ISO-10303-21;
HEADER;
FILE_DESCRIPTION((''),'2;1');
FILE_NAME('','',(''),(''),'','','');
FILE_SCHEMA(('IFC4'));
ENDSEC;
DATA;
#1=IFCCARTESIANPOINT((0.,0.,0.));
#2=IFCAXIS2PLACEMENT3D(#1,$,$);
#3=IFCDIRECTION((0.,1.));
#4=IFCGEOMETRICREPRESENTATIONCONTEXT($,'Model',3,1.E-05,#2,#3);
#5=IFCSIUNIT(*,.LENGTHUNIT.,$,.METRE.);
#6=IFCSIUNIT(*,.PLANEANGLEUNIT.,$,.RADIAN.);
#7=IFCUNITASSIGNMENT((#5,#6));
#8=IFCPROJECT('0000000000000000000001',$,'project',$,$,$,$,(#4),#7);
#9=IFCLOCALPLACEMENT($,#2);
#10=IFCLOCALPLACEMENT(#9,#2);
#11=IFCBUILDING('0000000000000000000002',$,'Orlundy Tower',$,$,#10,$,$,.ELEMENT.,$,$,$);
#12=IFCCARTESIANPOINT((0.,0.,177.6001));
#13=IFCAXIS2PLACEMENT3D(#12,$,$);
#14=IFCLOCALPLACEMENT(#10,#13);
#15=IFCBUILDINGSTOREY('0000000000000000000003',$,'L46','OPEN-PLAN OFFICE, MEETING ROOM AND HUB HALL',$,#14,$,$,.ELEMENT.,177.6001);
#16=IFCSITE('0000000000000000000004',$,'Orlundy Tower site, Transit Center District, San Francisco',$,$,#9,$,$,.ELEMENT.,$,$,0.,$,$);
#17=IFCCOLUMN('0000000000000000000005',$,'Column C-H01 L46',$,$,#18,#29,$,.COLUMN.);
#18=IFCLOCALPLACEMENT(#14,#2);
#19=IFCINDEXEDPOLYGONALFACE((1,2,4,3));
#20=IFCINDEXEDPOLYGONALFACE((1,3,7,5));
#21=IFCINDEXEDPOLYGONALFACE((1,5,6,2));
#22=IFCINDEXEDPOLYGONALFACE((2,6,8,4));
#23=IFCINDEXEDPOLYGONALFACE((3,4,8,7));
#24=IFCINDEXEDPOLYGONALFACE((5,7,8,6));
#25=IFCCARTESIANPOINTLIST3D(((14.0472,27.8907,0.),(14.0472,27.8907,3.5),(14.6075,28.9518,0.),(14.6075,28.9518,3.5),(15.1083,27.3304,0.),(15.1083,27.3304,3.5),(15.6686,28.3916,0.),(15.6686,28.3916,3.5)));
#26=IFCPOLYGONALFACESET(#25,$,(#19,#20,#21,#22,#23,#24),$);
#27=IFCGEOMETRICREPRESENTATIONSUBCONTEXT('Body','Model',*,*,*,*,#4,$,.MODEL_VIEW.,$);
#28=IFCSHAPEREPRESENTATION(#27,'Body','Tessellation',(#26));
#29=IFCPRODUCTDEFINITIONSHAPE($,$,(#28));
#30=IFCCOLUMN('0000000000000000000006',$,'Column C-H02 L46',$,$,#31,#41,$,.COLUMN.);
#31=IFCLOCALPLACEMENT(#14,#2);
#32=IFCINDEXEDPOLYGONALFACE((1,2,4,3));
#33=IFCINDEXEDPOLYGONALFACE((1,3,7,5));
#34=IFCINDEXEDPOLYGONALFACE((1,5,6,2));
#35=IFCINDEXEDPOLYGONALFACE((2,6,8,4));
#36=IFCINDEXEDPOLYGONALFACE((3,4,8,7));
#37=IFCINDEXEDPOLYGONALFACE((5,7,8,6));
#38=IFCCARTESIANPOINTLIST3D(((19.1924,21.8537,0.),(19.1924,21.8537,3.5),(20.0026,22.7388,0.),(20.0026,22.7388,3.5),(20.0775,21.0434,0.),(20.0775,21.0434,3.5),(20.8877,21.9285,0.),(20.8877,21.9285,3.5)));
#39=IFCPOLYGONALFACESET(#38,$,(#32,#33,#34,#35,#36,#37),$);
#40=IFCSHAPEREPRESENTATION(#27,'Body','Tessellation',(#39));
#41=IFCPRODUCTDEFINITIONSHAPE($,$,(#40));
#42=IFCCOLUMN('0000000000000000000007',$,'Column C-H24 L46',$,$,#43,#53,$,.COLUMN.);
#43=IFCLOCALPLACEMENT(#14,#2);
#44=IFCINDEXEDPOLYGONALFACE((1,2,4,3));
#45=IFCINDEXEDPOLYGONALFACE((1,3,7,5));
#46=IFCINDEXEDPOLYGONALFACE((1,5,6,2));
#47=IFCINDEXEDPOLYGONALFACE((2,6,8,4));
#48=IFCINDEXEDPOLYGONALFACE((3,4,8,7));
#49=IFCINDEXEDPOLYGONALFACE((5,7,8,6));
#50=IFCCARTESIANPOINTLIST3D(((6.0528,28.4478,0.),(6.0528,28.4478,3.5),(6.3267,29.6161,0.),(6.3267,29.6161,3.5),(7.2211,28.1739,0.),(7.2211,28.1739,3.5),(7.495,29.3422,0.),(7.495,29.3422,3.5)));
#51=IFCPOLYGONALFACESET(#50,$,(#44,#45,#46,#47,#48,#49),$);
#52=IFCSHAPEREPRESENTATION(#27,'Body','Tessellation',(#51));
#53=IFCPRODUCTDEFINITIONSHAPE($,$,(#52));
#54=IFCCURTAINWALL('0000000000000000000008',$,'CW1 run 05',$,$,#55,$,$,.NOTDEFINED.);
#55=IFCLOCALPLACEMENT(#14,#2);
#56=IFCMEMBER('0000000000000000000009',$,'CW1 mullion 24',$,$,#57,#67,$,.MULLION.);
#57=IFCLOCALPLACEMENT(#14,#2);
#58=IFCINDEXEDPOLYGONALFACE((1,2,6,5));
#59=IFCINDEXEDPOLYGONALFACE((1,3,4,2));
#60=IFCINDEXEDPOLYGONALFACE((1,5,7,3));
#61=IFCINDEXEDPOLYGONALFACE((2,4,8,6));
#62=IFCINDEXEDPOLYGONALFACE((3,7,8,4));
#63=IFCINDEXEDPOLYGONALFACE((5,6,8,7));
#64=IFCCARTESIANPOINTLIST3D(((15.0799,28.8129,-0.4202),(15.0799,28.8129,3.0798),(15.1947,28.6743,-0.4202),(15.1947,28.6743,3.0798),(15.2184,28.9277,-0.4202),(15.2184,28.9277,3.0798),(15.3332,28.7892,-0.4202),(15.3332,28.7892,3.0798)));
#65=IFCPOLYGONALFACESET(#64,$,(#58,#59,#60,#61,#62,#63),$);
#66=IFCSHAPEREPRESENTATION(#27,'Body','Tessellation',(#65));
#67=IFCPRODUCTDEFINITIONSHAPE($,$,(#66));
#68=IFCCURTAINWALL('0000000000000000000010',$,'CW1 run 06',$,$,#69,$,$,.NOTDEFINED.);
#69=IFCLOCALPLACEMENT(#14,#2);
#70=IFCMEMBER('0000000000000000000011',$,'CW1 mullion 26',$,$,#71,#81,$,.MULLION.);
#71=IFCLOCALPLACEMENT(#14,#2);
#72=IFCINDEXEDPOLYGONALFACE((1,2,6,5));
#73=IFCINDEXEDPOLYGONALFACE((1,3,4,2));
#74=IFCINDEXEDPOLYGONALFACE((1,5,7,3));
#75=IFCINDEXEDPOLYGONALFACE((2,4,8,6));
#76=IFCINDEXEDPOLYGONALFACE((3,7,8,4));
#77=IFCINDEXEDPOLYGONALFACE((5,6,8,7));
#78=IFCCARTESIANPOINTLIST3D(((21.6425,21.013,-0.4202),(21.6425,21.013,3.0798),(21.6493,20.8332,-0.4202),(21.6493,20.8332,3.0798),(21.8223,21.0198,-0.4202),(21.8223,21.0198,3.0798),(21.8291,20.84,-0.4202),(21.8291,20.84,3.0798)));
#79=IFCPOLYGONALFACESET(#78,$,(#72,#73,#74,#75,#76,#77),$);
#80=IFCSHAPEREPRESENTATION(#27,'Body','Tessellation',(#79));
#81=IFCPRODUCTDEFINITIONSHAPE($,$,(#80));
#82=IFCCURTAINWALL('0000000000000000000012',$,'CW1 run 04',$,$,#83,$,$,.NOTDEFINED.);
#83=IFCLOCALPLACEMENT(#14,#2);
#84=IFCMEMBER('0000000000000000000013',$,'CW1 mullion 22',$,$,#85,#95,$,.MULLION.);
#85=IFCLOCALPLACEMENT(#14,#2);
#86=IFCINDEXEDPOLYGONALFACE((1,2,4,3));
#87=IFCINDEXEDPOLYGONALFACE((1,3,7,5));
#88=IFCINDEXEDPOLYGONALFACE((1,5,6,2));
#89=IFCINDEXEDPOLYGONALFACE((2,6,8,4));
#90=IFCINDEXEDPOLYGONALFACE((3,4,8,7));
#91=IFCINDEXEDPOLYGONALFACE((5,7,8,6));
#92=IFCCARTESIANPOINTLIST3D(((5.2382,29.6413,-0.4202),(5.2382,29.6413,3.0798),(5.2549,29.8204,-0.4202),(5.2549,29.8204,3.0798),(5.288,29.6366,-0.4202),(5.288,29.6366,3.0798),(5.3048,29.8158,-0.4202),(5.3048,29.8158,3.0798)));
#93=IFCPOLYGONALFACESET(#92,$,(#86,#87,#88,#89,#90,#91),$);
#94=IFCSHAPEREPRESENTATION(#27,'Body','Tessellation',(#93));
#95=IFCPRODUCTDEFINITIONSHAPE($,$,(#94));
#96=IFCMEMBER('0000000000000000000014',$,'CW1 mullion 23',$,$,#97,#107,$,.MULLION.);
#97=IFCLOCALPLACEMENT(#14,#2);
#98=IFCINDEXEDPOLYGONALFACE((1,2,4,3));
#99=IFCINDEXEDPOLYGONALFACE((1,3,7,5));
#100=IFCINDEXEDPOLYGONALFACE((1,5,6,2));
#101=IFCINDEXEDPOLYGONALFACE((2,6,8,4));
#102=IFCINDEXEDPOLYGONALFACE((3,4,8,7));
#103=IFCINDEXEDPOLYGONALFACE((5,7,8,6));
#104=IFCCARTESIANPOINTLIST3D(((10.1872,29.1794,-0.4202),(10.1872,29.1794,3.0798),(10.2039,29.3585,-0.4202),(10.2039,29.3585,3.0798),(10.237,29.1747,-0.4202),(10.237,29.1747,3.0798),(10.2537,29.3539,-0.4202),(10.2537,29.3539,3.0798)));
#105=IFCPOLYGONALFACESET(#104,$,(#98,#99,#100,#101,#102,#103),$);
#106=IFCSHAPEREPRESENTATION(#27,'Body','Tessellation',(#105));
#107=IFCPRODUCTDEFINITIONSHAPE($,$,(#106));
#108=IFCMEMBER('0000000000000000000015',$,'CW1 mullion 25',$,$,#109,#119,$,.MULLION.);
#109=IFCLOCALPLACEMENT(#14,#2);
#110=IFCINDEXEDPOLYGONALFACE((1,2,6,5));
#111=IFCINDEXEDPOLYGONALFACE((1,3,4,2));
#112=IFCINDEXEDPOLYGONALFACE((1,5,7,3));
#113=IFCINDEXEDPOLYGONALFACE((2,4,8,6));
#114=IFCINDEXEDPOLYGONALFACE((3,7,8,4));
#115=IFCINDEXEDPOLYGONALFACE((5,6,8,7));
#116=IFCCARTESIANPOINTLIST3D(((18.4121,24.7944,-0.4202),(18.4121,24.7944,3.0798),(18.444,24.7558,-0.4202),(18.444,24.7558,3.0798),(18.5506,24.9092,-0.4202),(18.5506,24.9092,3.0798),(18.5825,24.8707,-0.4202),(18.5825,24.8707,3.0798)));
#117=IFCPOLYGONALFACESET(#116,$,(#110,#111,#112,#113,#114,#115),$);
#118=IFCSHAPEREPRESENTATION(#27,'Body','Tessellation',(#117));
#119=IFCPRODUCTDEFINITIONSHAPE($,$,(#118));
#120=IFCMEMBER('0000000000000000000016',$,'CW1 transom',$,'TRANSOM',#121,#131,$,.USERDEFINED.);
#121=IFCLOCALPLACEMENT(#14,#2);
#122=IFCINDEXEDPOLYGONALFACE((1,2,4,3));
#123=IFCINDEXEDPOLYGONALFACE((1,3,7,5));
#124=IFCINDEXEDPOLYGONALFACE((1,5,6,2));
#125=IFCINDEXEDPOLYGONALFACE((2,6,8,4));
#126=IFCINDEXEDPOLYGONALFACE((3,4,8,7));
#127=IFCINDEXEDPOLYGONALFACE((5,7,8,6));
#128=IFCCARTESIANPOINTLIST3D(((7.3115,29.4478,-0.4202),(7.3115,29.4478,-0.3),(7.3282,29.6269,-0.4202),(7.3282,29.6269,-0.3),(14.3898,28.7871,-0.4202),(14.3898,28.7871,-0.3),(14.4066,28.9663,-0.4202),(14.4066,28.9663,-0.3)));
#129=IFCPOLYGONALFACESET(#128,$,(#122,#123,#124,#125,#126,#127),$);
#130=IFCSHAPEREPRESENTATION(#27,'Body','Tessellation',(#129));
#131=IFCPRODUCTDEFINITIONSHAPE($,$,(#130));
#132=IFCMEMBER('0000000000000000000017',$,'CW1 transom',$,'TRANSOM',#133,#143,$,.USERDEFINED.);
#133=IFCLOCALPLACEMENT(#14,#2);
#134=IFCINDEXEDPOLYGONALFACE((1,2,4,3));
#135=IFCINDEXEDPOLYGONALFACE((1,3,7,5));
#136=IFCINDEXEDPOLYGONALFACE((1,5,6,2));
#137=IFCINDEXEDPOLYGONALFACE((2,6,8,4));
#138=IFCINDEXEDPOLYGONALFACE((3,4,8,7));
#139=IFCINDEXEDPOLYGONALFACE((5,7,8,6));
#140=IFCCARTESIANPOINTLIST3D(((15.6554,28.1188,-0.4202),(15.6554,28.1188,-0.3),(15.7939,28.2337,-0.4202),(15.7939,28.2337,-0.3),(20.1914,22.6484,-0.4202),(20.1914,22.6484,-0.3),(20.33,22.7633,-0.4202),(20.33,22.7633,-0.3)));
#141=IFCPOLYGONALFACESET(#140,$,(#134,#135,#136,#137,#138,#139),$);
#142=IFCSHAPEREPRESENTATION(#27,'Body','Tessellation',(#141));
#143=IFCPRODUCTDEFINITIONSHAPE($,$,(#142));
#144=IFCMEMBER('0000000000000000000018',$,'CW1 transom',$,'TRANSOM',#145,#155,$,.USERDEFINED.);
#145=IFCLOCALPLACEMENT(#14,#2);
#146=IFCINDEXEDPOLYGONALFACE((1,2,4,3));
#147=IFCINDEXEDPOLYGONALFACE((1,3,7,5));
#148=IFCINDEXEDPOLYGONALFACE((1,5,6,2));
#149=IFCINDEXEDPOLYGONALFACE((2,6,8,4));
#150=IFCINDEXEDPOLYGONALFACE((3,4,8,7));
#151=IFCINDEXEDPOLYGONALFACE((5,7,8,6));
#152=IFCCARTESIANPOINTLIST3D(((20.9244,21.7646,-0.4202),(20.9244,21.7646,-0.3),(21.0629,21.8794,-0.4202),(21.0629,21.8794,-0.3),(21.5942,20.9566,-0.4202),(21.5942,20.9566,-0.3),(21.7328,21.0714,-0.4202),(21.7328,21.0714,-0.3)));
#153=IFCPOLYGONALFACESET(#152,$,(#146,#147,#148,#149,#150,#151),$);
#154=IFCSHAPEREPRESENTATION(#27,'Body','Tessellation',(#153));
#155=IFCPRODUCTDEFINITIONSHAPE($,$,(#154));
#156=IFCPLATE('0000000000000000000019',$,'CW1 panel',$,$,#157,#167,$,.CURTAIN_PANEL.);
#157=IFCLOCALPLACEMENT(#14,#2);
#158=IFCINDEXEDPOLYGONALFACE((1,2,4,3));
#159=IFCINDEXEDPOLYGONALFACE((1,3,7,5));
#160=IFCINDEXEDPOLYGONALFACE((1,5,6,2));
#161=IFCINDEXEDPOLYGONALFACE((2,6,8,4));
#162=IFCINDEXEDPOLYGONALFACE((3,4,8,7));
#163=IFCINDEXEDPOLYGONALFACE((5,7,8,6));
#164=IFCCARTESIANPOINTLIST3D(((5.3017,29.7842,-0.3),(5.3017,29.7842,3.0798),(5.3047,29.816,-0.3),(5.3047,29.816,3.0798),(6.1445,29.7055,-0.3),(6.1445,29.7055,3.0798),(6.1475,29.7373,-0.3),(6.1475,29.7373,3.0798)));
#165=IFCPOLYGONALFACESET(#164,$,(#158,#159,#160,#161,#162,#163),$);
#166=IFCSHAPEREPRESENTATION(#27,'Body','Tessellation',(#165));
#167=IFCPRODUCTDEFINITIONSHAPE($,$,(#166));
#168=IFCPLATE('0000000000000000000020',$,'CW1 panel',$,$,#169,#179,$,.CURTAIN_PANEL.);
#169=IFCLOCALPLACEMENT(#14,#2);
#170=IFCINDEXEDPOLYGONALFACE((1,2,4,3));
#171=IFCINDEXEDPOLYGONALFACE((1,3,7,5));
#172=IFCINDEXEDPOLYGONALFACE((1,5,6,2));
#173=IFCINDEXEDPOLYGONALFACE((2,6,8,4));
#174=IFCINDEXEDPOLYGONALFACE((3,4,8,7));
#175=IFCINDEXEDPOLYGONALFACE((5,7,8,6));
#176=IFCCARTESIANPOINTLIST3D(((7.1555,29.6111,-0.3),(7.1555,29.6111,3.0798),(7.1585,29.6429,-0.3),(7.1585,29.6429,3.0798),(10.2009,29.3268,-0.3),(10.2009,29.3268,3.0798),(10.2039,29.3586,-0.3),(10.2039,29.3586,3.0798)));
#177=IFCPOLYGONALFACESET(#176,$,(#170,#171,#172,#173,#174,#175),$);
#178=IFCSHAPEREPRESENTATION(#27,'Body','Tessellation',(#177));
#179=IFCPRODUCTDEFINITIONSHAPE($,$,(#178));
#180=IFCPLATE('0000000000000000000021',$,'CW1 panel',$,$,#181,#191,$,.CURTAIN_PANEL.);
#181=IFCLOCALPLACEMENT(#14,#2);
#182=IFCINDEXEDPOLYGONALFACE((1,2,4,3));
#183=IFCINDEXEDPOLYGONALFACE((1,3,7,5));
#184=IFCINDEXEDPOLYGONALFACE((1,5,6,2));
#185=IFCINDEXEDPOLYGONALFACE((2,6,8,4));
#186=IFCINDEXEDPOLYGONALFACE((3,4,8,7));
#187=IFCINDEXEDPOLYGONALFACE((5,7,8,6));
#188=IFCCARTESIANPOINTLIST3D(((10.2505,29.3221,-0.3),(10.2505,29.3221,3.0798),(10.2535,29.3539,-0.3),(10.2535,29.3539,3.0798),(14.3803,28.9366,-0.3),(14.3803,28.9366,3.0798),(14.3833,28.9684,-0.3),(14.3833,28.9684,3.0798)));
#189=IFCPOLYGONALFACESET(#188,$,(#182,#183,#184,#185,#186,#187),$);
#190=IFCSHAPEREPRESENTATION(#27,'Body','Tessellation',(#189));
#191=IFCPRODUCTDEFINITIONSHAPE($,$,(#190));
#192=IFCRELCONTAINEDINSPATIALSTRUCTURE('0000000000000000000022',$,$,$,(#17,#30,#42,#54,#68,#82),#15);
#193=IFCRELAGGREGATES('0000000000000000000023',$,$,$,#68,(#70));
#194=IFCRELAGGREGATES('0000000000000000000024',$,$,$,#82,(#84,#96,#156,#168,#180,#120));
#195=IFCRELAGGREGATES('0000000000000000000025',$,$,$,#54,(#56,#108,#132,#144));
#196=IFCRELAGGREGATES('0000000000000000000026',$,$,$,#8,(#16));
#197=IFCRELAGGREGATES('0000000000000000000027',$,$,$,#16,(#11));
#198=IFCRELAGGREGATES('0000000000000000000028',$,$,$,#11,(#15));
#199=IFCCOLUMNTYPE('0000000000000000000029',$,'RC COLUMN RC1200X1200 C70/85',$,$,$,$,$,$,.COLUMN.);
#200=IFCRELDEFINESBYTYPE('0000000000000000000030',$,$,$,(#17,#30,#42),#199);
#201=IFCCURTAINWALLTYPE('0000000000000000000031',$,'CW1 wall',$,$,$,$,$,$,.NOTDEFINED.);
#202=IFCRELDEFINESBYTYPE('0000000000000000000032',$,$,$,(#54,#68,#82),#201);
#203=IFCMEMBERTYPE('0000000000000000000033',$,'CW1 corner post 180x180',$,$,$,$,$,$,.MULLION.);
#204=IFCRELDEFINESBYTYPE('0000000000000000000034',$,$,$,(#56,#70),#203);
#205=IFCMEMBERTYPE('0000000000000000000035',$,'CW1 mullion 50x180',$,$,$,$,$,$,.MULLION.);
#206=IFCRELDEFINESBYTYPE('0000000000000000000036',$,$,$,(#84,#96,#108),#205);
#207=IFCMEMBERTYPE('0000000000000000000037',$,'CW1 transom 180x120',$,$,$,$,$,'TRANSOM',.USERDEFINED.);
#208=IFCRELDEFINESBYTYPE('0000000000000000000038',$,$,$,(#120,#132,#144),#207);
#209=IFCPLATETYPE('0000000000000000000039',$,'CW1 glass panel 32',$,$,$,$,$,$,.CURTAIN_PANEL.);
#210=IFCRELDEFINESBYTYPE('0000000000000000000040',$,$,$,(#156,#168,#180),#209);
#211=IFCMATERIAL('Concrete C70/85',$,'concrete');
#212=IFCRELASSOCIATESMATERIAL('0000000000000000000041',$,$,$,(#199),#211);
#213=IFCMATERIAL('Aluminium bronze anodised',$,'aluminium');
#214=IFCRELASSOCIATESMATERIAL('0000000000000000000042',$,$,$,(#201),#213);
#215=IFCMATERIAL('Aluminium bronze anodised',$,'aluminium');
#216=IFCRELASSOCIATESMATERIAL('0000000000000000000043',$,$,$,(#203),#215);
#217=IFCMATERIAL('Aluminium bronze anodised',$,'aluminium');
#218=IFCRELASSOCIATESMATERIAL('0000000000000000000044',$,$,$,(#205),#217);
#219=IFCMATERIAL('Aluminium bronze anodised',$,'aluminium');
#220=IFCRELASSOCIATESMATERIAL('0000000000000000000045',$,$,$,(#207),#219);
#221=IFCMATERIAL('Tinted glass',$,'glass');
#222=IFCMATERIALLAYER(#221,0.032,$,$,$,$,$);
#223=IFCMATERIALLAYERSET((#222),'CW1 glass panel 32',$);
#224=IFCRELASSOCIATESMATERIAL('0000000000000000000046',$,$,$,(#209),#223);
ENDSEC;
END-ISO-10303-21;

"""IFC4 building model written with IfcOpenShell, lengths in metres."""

from ifc_helpers import new_model, si_unit, direction, frame, origin, origin_2d, place, context, subcontext, project, spatial, rectangle, extrude, material, layer, layer_set, material_profile, profile_set, type_object, element, aggregate, save


model = new_model("IFC4")

# Units and contexts
model_context = context("Model", 3, precision=1e-05, world=origin(), true_north=direction((0.0, 1.0)))
body_context = subcontext(model_context, "Body", "Model", "MODEL_VIEW")
ifc_project = project(units=[si_unit("LENGTHUNIT", "METRE"), si_unit("PLANEANGLEUNIT", "RADIAN")], contexts=[model_context])

# Site, building, storey
site_placement = place(None, origin())
site = spatial("IfcSite", under=ifc_project, at=site_placement, Name="Orlundy Tower site, Transit Center District, San Francisco", CompositionType="ELEMENT", RefElevation=0.0)
building_placement = place(site_placement, origin())
building = spatial("IfcBuilding", under=site, at=building_placement, Name="Orlundy Tower", CompositionType="ELEMENT")
storey_placement = place(building_placement, frame((0.0, 0.0, 177.6001)))
storey = spatial("IfcBuildingStorey", under=building, at=storey_placement, Name="L46", Description="OPEN-PLAN OFFICE, MEETING ROOM AND HUB HALL", CompositionType="ELEMENT", Elevation=177.6001)

# Columns
ifc_material_1 = material(Name="Concrete C70/85", Category="concrete")
ifc_material_profile_1 = material_profile(ifc_material_1, rectangle(XDim=1.2, YDim=1.2, at=origin_2d()), Name="RC1200X1200")
ifc_profile_set_1 = profile_set([ifc_material_profile_1], Name="Concrete C70/85")
column_type = type_object("IfcColumnType", Name="RC COLUMN RC1200X1200 C70/85", PredefinedType="COLUMN", material=ifc_profile_set_1)
for number, where, z_axis, x_axis, name in (
    (1, (14.8579, 28.1411, 0.0), (0.0, 0.0, 1.0), (0.466896, 0.884312, 0.0), "Column C-H01 L46"),
    (2, (20.04, 21.8911, 0.0), (0.0, 0.0, 1.0), (0.67523, 0.737607, 0.0), "Column C-H02 L46"),
    (3, (6.7739, 28.895, 0.0), (0.0, 0.0, 1.0), (0.228249, 0.973603, 0.0), "Column C-H24 L46"),
):
    element("IfcColumn", number, at=place(storey_placement, frame(where, z_axis=z_axis, x_axis=x_axis)), inside=storey, type_object=column_type, Name=name, PredefinedType="COLUMN", context=body_context, shape_type="SweptSolid", body=[
        extrude(rectangle(XDim=1.2, YDim=1.2, at=origin_2d()), origin(), (0.0, 0.0, 1.0), 3.5),
    ])

# Curtain walls, members
ifc_material_2 = material(Name="Aluminium bronze anodised", Category="aluminium")
curtain_wall_type = type_object("IfcCurtainWallType", Name="CW1 wall", PredefinedType="NOTDEFINED", material=ifc_material_2)
curtain_wall_1_placement = place(storey_placement, origin())
curtain_wall_1 = element("IfcCurtainWall", 4, at=curtain_wall_1_placement, inside=storey, type_object=curtain_wall_type, Name="CW1 run 05", PredefinedType="NOTDEFINED")
ifc_material_3 = material(Name="Aluminium bronze anodised", Category="aluminium")
ifc_material_profile_2 = material_profile(ifc_material_3, rectangle(XDim=0.1799, YDim=0.1799, at=origin_2d()), Name="CW1 corner post 180x180")
ifc_profile_set_2 = profile_set([ifc_material_profile_2], Name="Aluminium bronze anodised")
member_type_1 = type_object("IfcMemberType", Name="CW1 corner post 180x180", PredefinedType="MULLION", material=ifc_profile_set_2)
member_1_placement = place(storey_placement, frame((15.2065, 28.801, -0.4202), z_axis=(0.0, 0.0, 1.0), x_axis=(0.769788, 0.638299, 0.0)))
member_1 = element("IfcMember", 5, at=member_1_placement, type_object=member_type_1, Name="CW1 mullion 24", PredefinedType="MULLION", context=body_context, shape_type="SweptSolid", body=[
    extrude(rectangle(XDim=0.1799, YDim=0.1799, at=origin_2d()), origin(), (0.0, 0.0, 1.0), 3.5),
])
curtain_wall_2_placement = place(storey_placement, origin())
curtain_wall_2 = element("IfcCurtainWall", 6, at=curtain_wall_2_placement, inside=storey, type_object=curtain_wall_type, Name="CW1 run 06", PredefinedType="NOTDEFINED")
member_2_placement = place(storey_placement, frame((21.7358, 20.9265, -0.4202), z_axis=(0.0, 0.0, 1.0), x_axis=(-0.037837, 0.999284, 0.0)))
member_2 = element("IfcMember", 7, at=member_2_placement, type_object=member_type_1, Name="CW1 mullion 26", PredefinedType="MULLION", context=body_context, shape_type="SweptSolid", body=[
    extrude(rectangle(XDim=0.1799, YDim=0.1799, at=origin_2d()), origin(), (0.0, 0.0, 1.0), 3.5),
])
aggregate(curtain_wall_2, [member_2])

# Curtain wall, members
curtain_wall_3_placement = place(storey_placement, origin())
curtain_wall_3 = element("IfcCurtainWall", 8, at=curtain_wall_3_placement, inside=storey, type_object=curtain_wall_type, Name="CW1 run 04", PredefinedType="NOTDEFINED")
ifc_material_4 = material(Name="Aluminium bronze anodised", Category="aluminium")
ifc_material_profile_3 = material_profile(ifc_material_4, rectangle(XDim=0.1799, YDim=0.05, at=origin_2d()), Name="CW1 mullion 50x180")
ifc_profile_set_3 = profile_set([ifc_material_profile_3], Name="Aluminium bronze anodised")
member_type_2 = type_object("IfcMemberType", Name="CW1 mullion 50x180", PredefinedType="MULLION", material=ifc_profile_set_3)
member_3_placement = place(storey_placement, frame((5.2715, 29.7285, -0.4202), z_axis=(0.0, 0.0, 1.0), x_axis=(0.092948, 0.995671, 0.0)))
member_3 = element("IfcMember", 9, at=member_3_placement, type_object=member_type_2, Name="CW1 mullion 22", PredefinedType="MULLION", context=body_context, shape_type="SweptSolid", body=[
    extrude(rectangle(XDim=0.1799, YDim=0.05, at=origin_2d()), origin(), (0.0, 0.0, 1.0), 3.5),
])
member_4_placement = place(storey_placement, frame((10.2205, 29.2666, -0.4202), z_axis=(0.0, 0.0, 1.0), x_axis=(0.092948, 0.995671, 0.0)))
member_4 = element("IfcMember", 10, at=member_4_placement, type_object=member_type_2, Name="CW1 mullion 23", PredefinedType="MULLION", context=body_context, shape_type="SweptSolid", body=[
    extrude(rectangle(XDim=0.1799, YDim=0.05, at=origin_2d()), origin(), (0.0, 0.0, 1.0), 3.5),
])

# Members
member_5_placement = place(storey_placement, frame((18.4973, 24.8325, -0.4202), z_axis=(0.0, 0.0, 1.0), x_axis=(0.769788, 0.638299, 0.0)))
member_5 = element("IfcMember", 11, at=member_5_placement, type_object=member_type_2, Name="CW1 mullion 25", PredefinedType="MULLION", context=body_context, shape_type="SweptSolid", body=[
    extrude(rectangle(XDim=0.1799, YDim=0.05, at=origin_2d()), origin(), (0.0, 0.0, 1.0), 3.5),
])
ifc_material_5 = material(Name="Aluminium bronze anodised", Category="aluminium")
ifc_material_profile_4 = material_profile(ifc_material_5, rectangle(XDim=0.1799, YDim=0.1201, at=origin_2d()), Name="CW1 transom 180x120")
ifc_profile_set_4 = profile_set([ifc_material_profile_4], Name="Aluminium bronze anodised")
member_type_3 = type_object("IfcMemberType", Name="CW1 transom 180x120", ElementType="TRANSOM", PredefinedType="USERDEFINED", material=ifc_profile_set_4)
member_6_placement = place(storey_placement, frame((7.3198, 29.5374, -0.3601), z_axis=(0.995673, -0.092929, 0.0), x_axis=(0.092929, 0.995673, 0.0)))
member_6 = element("IfcMember", 12, at=member_6_placement, type_object=member_type_3, Name="CW1 transom", ObjectType="TRANSOM", PredefinedType="USERDEFINED", context=body_context, shape_type="SweptSolid", body=[
    extrude(rectangle(XDim=0.1799, YDim=0.1201, at=origin_2d()), origin(), (0.0, 0.0, 1.0), 7.1091),
])
member_7_placement = place(storey_placement, frame((15.7246, 28.1763, -0.3601), z_axis=(0.638307, -0.769782, 0.0), x_axis=(0.769782, 0.638307, 0.0)))
member_7 = element("IfcMember", 13, at=member_7_placement, type_object=member_type_3, Name="CW1 transom", ObjectType="TRANSOM", PredefinedType="USERDEFINED", context=body_context, shape_type="SweptSolid", body=[
    extrude(rectangle(XDim=0.1799, YDim=0.1201, at=origin_2d()), origin(), (0.0, 0.0, 1.0), 7.1064),
])
member_8_placement = place(storey_placement, frame((20.9937, 21.822, -0.3601), z_axis=(0.638215, -0.769858, 0.0), x_axis=(0.769858, 0.638215, 0.0)))
member_8 = element("IfcMember", 14, at=member_8_placement, type_object=member_type_3, Name="CW1 transom", ObjectType="TRANSOM", PredefinedType="USERDEFINED", context=body_context, shape_type="SweptSolid", body=[
    extrude(rectangle(XDim=0.1799, YDim=0.1201, at=origin_2d()), origin(), (0.0, 0.0, 1.0), 1.0496),
])

# Plates
ifc_material_6 = material(Name="Tinted glass", Category="glass")
ifc_layer_1 = layer(ifc_material_6, 0.032)
ifc_layer_set_1 = layer_set([ifc_layer_1], Name="CW1 glass panel 32")
plate_type = type_object("IfcPlateType", Name="CW1 glass panel 32", PredefinedType="CURTAIN_PANEL", material=ifc_layer_set_1)
plate_1_placement = place(storey_placement, frame((5.7246, 29.7607, -0.3), z_axis=(0.0, 0.0, 1.0), x_axis=(0.995671, -0.092948, 0.0)))
plate_1 = element("IfcPlate", 15, at=plate_1_placement, type_object=plate_type, Name="CW1 panel", PredefinedType="CURTAIN_PANEL", context=body_context, shape_type="SweptSolid", body=[
    extrude(rectangle(XDim=0.8464, YDim=0.032, at=origin_2d()), origin(), (0.0, 0.0, 1.0), 3.3799),
])
plate_2_placement = place(storey_placement, frame((8.6797, 29.4849, -0.3), z_axis=(0.0, 0.0, 1.0), x_axis=(0.995671, -0.092948, 0.0)))
plate_2 = element("IfcPlate", 16, at=plate_2_placement, type_object=plate_type, Name="CW1 panel", PredefinedType="CURTAIN_PANEL", context=body_context, shape_type="SweptSolid", body=[
    extrude(rectangle(XDim=3.0586, YDim=0.032, at=origin_2d()), origin(), (0.0, 0.0, 1.0), 3.3799),
])
plate_3_placement = place(storey_placement, frame((12.3169, 29.1453, -0.3), z_axis=(0.0, 0.0, 1.0), x_axis=(0.995671, -0.092948, 0.0)))
plate_3 = element("IfcPlate", 17, at=plate_3_placement, type_object=plate_type, Name="CW1 panel", PredefinedType="CURTAIN_PANEL", context=body_context, shape_type="SweptSolid", body=[
    extrude(rectangle(XDim=4.1477, YDim=0.032, at=origin_2d()), origin(), (0.0, 0.0, 1.0), 3.3799),
])
aggregate(curtain_wall_3, [member_3, member_4, plate_1, plate_2, plate_3, member_6])
aggregate(curtain_wall_1, [member_1, member_5, member_7, member_8])

save(model, "model.ifc")
